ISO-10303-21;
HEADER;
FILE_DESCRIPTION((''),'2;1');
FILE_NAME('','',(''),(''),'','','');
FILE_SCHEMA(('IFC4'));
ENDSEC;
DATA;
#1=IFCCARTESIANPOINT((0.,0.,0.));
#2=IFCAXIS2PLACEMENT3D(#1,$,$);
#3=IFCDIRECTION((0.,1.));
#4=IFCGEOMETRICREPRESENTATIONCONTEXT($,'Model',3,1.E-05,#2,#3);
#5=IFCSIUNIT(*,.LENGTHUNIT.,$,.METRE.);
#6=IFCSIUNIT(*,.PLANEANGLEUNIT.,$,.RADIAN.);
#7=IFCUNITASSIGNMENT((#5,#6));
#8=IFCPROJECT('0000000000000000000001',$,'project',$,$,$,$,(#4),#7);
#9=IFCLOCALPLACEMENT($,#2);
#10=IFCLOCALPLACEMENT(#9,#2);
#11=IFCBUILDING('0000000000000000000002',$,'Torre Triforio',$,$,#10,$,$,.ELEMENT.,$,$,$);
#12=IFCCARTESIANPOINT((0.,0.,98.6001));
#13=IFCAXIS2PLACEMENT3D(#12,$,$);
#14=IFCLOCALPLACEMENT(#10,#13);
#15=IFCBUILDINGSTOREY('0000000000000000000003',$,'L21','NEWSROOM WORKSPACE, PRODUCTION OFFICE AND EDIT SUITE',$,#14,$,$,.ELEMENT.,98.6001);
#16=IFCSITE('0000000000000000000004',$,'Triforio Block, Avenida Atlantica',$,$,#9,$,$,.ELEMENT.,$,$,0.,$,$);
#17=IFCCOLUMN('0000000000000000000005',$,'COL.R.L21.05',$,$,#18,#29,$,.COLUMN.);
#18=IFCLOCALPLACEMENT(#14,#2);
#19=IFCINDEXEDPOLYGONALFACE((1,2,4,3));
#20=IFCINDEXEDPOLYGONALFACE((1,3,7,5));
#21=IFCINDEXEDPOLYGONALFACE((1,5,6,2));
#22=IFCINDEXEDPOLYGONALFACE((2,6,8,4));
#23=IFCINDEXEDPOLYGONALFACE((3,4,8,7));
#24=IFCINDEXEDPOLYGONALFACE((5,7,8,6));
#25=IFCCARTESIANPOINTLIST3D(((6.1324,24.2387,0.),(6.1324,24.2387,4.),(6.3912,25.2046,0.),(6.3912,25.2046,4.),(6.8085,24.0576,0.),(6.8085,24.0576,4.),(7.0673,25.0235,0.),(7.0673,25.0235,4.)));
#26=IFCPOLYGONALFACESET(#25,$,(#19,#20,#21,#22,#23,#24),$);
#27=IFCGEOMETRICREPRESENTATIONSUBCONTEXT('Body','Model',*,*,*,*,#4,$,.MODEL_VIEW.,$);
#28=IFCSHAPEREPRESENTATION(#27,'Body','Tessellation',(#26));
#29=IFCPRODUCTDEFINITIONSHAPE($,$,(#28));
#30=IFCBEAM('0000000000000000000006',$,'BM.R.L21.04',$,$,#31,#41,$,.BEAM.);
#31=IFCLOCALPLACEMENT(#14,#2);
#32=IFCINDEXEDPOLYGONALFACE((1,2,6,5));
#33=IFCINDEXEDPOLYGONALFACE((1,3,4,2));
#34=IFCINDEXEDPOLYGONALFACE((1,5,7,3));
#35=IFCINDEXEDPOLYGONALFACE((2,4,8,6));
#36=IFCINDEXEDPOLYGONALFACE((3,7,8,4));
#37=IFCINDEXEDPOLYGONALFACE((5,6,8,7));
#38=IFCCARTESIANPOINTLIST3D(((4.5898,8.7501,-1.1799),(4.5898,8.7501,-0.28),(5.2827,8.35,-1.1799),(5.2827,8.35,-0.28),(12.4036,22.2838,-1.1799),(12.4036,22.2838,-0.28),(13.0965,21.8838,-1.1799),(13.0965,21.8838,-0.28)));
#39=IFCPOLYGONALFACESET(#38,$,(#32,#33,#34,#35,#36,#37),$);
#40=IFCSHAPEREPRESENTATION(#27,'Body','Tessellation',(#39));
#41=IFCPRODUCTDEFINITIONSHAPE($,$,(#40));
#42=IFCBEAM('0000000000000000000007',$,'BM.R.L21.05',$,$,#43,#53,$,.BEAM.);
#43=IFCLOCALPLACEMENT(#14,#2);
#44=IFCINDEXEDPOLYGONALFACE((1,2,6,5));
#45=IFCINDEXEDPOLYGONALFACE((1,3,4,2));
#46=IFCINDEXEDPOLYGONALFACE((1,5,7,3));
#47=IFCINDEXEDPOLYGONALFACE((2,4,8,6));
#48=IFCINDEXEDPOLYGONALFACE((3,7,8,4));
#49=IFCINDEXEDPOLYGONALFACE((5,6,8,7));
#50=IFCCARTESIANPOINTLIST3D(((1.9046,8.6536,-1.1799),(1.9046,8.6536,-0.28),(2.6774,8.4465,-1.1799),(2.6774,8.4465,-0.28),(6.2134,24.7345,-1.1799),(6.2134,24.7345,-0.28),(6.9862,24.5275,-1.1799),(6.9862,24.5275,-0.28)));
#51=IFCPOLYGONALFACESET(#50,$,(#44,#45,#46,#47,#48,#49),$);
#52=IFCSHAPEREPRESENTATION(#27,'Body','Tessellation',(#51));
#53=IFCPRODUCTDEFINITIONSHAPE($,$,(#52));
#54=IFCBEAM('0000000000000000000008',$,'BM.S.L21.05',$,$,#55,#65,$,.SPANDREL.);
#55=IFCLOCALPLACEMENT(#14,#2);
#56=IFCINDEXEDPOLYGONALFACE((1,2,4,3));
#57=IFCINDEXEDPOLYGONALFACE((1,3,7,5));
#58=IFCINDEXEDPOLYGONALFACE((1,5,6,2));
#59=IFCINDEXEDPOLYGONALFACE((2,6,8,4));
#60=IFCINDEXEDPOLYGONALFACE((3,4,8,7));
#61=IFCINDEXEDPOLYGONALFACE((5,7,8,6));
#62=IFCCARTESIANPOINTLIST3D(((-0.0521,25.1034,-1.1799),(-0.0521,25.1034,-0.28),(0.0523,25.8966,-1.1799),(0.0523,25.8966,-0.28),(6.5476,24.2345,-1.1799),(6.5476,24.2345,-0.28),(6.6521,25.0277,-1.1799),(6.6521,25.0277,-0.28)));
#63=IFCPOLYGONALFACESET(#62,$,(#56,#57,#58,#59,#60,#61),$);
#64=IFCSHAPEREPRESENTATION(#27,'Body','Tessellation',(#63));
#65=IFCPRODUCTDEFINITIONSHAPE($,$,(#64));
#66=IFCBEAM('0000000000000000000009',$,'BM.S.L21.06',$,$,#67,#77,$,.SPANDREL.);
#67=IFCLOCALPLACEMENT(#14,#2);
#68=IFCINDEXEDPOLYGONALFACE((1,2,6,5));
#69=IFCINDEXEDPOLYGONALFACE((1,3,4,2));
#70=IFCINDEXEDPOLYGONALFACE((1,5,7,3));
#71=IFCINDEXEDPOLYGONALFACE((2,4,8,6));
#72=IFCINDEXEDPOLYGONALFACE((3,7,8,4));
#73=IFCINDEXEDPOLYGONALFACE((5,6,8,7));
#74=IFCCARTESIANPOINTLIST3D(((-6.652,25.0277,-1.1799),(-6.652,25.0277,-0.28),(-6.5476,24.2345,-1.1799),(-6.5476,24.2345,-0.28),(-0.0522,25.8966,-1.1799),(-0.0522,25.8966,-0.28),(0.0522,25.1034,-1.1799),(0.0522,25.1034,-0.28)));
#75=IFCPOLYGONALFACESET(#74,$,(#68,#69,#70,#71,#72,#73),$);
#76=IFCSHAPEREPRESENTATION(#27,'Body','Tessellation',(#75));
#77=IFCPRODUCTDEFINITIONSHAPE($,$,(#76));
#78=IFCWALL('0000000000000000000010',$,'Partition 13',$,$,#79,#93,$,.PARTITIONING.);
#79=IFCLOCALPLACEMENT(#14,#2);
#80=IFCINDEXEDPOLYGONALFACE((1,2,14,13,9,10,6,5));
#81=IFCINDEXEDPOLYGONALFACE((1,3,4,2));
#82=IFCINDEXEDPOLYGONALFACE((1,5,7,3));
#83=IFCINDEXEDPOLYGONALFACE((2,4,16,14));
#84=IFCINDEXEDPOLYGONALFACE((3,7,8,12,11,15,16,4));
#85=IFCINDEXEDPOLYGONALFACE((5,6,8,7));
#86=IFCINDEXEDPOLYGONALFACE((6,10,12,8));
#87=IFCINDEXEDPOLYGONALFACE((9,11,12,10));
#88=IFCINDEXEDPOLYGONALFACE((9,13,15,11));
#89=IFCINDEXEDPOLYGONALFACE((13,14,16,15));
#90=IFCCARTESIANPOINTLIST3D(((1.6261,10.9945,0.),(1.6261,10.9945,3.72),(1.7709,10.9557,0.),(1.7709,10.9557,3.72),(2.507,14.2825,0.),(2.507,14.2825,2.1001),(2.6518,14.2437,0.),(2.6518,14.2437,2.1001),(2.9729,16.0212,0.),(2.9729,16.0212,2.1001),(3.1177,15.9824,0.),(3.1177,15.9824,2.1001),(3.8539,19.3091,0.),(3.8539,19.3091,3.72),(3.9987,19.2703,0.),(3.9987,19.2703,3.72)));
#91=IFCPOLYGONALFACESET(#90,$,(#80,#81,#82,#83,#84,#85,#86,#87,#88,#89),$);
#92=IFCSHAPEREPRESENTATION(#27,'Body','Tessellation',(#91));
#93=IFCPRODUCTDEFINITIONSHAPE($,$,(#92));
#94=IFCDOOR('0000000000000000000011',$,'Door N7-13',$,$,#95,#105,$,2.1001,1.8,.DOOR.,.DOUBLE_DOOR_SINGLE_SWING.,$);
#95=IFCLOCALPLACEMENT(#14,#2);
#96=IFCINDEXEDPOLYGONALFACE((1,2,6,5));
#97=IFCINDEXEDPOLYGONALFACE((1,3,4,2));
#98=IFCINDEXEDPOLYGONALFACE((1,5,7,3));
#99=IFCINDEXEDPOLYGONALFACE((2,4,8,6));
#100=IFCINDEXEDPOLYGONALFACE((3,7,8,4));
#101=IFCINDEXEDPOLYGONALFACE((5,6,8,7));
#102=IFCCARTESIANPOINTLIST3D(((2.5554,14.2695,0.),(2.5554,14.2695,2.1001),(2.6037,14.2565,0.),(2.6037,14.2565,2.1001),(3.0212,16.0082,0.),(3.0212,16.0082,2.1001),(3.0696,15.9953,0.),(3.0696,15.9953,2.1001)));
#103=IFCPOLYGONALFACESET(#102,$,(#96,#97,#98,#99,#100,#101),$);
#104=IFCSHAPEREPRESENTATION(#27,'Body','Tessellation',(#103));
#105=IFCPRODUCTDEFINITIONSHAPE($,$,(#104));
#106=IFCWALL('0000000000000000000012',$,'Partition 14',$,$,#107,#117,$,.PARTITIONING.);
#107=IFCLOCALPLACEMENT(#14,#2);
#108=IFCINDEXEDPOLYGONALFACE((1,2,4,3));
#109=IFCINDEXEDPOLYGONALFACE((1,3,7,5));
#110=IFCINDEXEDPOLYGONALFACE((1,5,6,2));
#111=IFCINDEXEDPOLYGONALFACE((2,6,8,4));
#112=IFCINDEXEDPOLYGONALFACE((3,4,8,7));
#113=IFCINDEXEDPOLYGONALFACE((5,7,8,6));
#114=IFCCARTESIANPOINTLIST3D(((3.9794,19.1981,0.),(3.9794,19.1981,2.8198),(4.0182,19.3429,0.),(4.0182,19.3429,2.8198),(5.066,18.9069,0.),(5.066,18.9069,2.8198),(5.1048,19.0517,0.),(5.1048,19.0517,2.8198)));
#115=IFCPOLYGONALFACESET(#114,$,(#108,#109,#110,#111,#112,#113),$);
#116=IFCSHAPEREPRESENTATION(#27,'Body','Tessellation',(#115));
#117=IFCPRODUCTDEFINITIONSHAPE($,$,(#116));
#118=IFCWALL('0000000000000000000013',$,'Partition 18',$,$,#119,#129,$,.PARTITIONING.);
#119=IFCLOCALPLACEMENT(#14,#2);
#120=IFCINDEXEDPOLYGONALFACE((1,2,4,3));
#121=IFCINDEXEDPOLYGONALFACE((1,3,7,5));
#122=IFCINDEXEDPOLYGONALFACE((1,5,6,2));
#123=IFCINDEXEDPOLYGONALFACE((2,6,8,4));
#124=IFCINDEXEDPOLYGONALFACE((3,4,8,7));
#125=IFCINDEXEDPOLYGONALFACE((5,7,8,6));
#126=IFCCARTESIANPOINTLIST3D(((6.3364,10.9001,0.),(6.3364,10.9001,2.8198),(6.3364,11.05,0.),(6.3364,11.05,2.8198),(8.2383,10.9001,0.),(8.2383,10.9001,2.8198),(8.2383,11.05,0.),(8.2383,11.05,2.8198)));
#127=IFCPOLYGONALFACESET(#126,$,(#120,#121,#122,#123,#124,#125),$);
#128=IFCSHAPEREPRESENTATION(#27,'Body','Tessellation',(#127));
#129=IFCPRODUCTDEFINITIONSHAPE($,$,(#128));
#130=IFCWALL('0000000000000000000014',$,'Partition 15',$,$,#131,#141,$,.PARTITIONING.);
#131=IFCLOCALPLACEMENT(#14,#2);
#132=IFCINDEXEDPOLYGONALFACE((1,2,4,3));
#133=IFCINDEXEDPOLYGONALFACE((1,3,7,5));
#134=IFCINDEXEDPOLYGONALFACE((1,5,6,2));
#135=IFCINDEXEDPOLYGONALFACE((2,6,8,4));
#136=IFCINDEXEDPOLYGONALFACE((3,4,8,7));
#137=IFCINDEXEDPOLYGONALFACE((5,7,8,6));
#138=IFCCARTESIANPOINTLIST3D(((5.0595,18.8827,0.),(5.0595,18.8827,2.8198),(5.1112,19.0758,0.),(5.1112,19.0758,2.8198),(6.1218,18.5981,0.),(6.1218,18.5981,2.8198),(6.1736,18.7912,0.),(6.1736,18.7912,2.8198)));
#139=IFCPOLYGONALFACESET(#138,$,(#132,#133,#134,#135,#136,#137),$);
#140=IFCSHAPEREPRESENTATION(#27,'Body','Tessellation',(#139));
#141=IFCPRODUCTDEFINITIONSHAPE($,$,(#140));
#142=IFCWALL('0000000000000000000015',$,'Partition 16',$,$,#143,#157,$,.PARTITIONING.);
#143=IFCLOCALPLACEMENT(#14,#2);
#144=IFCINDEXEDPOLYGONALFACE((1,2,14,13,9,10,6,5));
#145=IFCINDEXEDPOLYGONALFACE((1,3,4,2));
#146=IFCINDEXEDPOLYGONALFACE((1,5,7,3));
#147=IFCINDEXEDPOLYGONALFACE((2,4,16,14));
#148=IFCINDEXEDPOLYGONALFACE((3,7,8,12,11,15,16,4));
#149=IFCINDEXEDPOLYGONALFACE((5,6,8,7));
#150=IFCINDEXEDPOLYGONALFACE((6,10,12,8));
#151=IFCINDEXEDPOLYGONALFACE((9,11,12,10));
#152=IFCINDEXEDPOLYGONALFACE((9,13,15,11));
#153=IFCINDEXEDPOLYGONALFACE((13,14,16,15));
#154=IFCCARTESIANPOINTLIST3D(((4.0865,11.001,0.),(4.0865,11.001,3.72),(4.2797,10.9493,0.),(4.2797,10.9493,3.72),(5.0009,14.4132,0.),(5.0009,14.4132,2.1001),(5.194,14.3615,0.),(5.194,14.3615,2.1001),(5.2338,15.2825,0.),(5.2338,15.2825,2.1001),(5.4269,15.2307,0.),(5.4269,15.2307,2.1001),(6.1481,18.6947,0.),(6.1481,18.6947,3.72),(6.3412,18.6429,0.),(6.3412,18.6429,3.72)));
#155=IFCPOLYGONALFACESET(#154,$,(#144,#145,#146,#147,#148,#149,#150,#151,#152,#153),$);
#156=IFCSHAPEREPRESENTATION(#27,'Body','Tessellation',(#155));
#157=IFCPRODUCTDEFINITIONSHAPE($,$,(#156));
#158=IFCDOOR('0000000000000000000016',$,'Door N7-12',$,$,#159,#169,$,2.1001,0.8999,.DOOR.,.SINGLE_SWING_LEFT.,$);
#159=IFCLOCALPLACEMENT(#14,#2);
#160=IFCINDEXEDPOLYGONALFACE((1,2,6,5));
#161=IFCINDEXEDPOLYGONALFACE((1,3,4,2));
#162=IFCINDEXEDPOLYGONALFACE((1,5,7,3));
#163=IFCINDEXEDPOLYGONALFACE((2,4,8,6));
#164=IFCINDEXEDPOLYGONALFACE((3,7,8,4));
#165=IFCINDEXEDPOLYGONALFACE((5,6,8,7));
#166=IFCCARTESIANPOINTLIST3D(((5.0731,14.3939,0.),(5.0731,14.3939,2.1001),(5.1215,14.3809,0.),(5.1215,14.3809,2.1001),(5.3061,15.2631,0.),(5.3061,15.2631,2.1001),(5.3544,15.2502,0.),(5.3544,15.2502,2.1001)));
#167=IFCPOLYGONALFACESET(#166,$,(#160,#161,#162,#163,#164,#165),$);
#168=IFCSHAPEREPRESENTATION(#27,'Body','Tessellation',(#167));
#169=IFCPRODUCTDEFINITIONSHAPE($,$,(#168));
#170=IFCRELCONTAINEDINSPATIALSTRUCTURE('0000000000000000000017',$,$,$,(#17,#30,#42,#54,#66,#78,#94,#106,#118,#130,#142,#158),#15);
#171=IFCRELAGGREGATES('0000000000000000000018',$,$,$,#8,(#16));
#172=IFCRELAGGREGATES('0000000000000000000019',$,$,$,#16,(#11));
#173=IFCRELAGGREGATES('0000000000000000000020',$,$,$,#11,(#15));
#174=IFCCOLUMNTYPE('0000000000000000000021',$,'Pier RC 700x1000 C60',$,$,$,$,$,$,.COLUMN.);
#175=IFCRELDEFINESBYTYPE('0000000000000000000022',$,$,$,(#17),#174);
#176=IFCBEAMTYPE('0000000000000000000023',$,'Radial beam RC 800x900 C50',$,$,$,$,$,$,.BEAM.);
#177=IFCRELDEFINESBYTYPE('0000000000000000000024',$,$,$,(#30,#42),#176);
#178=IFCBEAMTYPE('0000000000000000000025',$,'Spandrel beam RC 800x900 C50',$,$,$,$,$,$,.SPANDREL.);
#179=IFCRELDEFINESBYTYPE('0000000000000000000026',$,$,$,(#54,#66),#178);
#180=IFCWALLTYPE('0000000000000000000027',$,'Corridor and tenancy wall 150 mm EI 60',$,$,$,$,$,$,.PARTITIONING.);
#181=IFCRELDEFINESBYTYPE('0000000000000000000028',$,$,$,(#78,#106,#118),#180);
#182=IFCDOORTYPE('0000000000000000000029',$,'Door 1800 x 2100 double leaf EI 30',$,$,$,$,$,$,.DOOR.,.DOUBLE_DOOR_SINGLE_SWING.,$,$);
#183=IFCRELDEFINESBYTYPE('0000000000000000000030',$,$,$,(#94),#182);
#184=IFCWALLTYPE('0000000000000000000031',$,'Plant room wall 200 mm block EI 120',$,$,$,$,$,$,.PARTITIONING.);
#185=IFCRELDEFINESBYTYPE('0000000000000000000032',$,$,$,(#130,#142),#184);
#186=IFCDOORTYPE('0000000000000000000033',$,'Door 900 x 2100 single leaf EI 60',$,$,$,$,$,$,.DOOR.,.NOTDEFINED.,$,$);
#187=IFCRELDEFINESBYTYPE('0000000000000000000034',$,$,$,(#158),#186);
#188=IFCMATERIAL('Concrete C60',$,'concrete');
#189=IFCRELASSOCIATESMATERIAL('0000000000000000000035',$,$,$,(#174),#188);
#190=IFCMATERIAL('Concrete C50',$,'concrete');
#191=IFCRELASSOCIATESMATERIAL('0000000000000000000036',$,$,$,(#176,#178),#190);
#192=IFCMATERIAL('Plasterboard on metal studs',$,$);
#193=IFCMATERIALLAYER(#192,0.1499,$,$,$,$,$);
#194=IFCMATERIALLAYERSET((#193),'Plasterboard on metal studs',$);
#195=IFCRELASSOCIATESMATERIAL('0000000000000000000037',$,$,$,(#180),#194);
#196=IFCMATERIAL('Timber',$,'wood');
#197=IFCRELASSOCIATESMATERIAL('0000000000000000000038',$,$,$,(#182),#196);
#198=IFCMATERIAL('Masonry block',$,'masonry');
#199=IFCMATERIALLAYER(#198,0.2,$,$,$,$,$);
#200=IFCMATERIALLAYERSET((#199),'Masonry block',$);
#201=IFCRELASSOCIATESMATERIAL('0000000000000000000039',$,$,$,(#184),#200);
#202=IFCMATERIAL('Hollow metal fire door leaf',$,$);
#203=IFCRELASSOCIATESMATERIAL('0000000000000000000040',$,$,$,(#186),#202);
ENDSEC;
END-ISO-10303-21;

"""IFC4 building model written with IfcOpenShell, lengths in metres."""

from ifc_helpers import new_model, si_unit, direction, frame, frame_2d, origin, origin_2d, place, context, subcontext, project, spatial, rectangle, extrude, material, layer, layer_set, material_profile, profile_set, type_object, element, fill, save


model = new_model("IFC4")

# Units and contexts
model_context = context("Model", 3, precision=1e-05, world=origin(), true_north=direction((0.0, 1.0)))
body_context = subcontext(model_context, "Body", "Model", "MODEL_VIEW")
ifc_project = project(units=[si_unit("LENGTHUNIT", "METRE"), si_unit("PLANEANGLEUNIT", "RADIAN")], contexts=[model_context])

# Site, building, storey
site_placement = place(None, origin())
site = spatial("IfcSite", under=ifc_project, at=site_placement, Name="Triforio Block, Avenida Atlantica", CompositionType="ELEMENT", RefElevation=0.0)
building_placement = place(site_placement, origin())
building = spatial("IfcBuilding", under=site, at=building_placement, Name="Torre Triforio", CompositionType="ELEMENT")
storey_placement = place(building_placement, frame((0.0, 0.0, 98.6001)))
storey = spatial("IfcBuildingStorey", under=building, at=storey_placement, Name="L21", Description="NEWSROOM WORKSPACE, PRODUCTION OFFICE AND EDIT SUITE", CompositionType="ELEMENT", Elevation=98.6001)

# Column
ifc_material_1 = material(Name="Concrete C60", Category="concrete")
ifc_material_profile_1 = material_profile(ifc_material_1, rectangle(XDim=0.7, YDim=1.0, at=origin_2d()), Name="RC 700x1000")
ifc_profile_set_1 = profile_set([ifc_material_profile_1], Name="Concrete C60")
column_type = type_object("IfcColumnType", Name="Pier RC 700x1000 C60", PredefinedType="COLUMN", material=ifc_profile_set_1)
column_placement = place(storey_placement, frame((6.5999, 24.6311, 0.0), z_axis=(0.0, 0.0, 1.0), x_axis=(-0.965926, 0.258819, 0.0)))
element("IfcColumn", 1, at=column_placement, inside=storey, type_object=column_type, Name="COL.R.L21.05", PredefinedType="COLUMN", context=body_context, shape_type="SweptSolid", body=[
    extrude(rectangle(XDim=0.7, YDim=1.0, at=origin_2d()), origin(), (0.0, 0.0, 1.0), 4.0),
])

# Beams
ifc_material_2 = material(Name="Concrete C50", Category="concrete")
ifc_material_profile_2 = material_profile(ifc_material_2, rectangle(XDim=0.8, YDim=0.8999, at=origin_2d()), Name="RC 800x900")
ifc_profile_set_2 = profile_set([ifc_material_profile_2], Name="Concrete C50")
beam_type_1 = type_object("IfcBeamType", Name="Radial beam RC 800x900 C50", PredefinedType="BEAM", material=ifc_profile_set_2)
beam_1_placement = place(storey_placement, frame((4.9363, 8.55, -0.73), z_axis=(0.500002, 0.866024, 0.0), x_axis=(-0.866024, 0.500002, 0.0)))
element("IfcBeam", 2, at=beam_1_placement, inside=storey, type_object=beam_type_1, Name="BM.R.L21.04", PredefinedType="BEAM", context=body_context, shape_type="SweptSolid", body=[
    extrude(rectangle(XDim=0.8, YDim=0.8999, at=origin_2d()), origin(), (0.0, 0.0, 1.0), 15.6274),
])
beam_2_placement = place(storey_placement, frame((2.291, 8.55, -0.73), z_axis=(0.258815, 0.965927, 0.0), x_axis=(-0.965927, 0.258815, 0.0)))
element("IfcBeam", 3, at=beam_2_placement, inside=storey, type_object=beam_type_1, Name="BM.R.L21.05", PredefinedType="BEAM", context=body_context, shape_type="SweptSolid", body=[
    extrude(rectangle(XDim=0.8, YDim=0.8999, at=origin_2d()), origin(), (0.0, 0.0, 1.0), 16.6482),
])
ifc_material_profile_3 = material_profile(ifc_material_2, rectangle(XDim=0.8, YDim=0.8999, at=origin_2d()), Name="RC 800x900")
ifc_profile_set_3 = profile_set([ifc_material_profile_3], Name="Concrete C50")
beam_type_2 = type_object("IfcBeamType", Name="Spandrel beam RC 800x900 C50", PredefinedType="SPANDREL", material=ifc_profile_set_3)
for number, where, z_axis, x_axis, name in (
    (4, (6.5999, 24.6311, -0.73), (-0.991445, 0.130528, 0.0), (-0.130528, -0.991445, 0.0), "BM.S.L21.05"),
    (5, (0.0, 25.5, -0.73), (-0.991445, -0.130528, 0.0), (0.130528, -0.991445, 0.0), "BM.S.L21.06"),
):
    element("IfcBeam", number, at=place(storey_placement, frame(where, z_axis=z_axis, x_axis=x_axis)), inside=storey, type_object=beam_type_2, Name=name, PredefinedType="SPANDREL", context=body_context, shape_type="SweptSolid", body=[
        extrude(rectangle(XDim=0.8, YDim=0.8999, at=origin_2d()), origin(), (0.0, 0.0, 1.0), 6.6567),
    ])

# Wall, opening, door
ifc_material_3 = material(Name="Plasterboard on metal studs")
ifc_layer_1 = layer(ifc_material_3, 0.1499)
ifc_layer_set_1 = layer_set([ifc_layer_1], Name="Plasterboard on metal studs")
wall_type_1 = type_object("IfcWallType", Name="Corridor and tenancy wall 150 mm EI 60", PredefinedType="PARTITIONING", material=ifc_layer_set_1)
wall_1_placement = place(storey_placement, frame((1.6985, 10.9751, 0.0), z_axis=(0.0, 0.0, 1.0), x_axis=(0.258805, 0.96593, 0.0)))
wall_1 = element("IfcWall", 6, at=wall_1_placement, inside=storey, type_object=wall_type_1, Name="Partition 13", PredefinedType="PARTITIONING", context=body_context, shape_type="SweptSolid", body=[
    extrude(rectangle(XDim=8.6079, YDim=0.1499, at=frame_2d((4.304, 0.0))), origin(), (0.0, 0.0, 1.0), 3.72),
])
opening_1_placement = place(wall_1_placement, frame((3.4041, 0.0, 0.0)))
opening_1 = element("IfcOpeningElement", 7, at=opening_1_placement, cuts=wall_1, PredefinedType="OPENING", context=body_context, shape_type="SweptSolid", body=[
    extrude(rectangle(XDim=1.8, YDim=2.1001, at=frame_2d((0.8999, 1.05))), frame((0.0, 0.085, 0.0), z_axis=(0.0, -1.0, 0.0), x_axis=(1.0, 0.0, 0.0)), (0.0, 0.0, 1.0), 0.1699),
])
ifc_material_4 = material(Name="Timber", Category="wood")
door_type_1 = type_object("IfcDoorType", Name="Door 1800 x 2100 double leaf EI 30", OperationType="DOUBLE_DOOR_SINGLE_SWING", PredefinedType="DOOR", material=ifc_material_4)
door_1_placement = place(opening_1_placement, origin())
door_1 = element("IfcDoor", 8, at=door_1_placement, inside=storey, type_object=door_type_1, Name="Door N7-13", OperationType="DOUBLE_DOOR_SINGLE_SWING", OverallHeight=2.1001, OverallWidth=1.8, PredefinedType="DOOR", context=body_context, shape_type="SweptSolid", body=[
    extrude(rectangle(XDim=1.8, YDim=2.1001, at=frame_2d((0.8999, 1.05))), frame((0.0, 0.0249, 0.0), z_axis=(0.0, -1.0, 0.0), x_axis=(1.0, 0.0, 0.0)), (0.0, 0.0, 1.0), 0.05),
])
fill(opening_1, door_1)

# Walls
wall_2_placement = place(storey_placement, frame((3.9988, 19.2705, 0.0), z_axis=(0.0, 0.0, 1.0), x_axis=(0.965906, -0.258892, 0.0)))
element("IfcWall", 9, at=wall_2_placement, inside=storey, type_object=wall_type_1, Name="Partition 14", PredefinedType="PARTITIONING", context=body_context, shape_type="SweptSolid", body=[
    extrude(rectangle(XDim=1.125, YDim=0.1499, at=frame_2d((0.5625, 0.0))), origin(), (0.0, 0.0, 1.0), 2.8198),
])
wall_3_placement = place(storey_placement, frame((6.3364, 10.9751, 0.0), z_axis=(0.0, 0.0, 1.0), x_axis=(1.0, 0.0, 0.0)))
element("IfcWall", 10, at=wall_3_placement, inside=storey, type_object=wall_type_1, Name="Partition 18", PredefinedType="PARTITIONING", context=body_context, shape_type="SweptSolid", body=[
    extrude(rectangle(XDim=1.9019, YDim=0.1499, at=frame_2d((0.9509, 0.0))), origin(), (0.0, 0.0, 1.0), 2.8198),
])
ifc_material_5 = material(Name="Masonry block", Category="masonry")
ifc_layer_2 = layer(ifc_material_5, 0.2)
ifc_layer_set_2 = layer_set([ifc_layer_2], Name="Masonry block")
wall_type_2 = type_object("IfcWallType", Name="Plant room wall 200 mm block EI 120", PredefinedType="PARTITIONING", material=ifc_layer_set_2)
wall_4_placement = place(storey_placement, frame((5.0854, 18.9792, 0.0), z_axis=(0.0, 0.0, 1.0), x_axis=(0.965932, -0.258795, 0.0)))
element("IfcWall", 11, at=wall_4_placement, inside=storey, type_object=wall_type_2, Name="Partition 15", PredefinedType="PARTITIONING", context=body_context, shape_type="SweptSolid", body=[
    extrude(rectangle(XDim=1.0999, YDim=0.2, at=frame_2d((0.5498, 0.0))), origin(), (0.0, 0.0, 1.0), 2.8198),
])

# Wall, opening, door
wall_5_placement = place(storey_placement, frame((6.2446, 18.6687, 0.0), z_axis=(0.0, 0.0, 1.0), x_axis=(-0.258822, -0.965925, 0.0)))
wall_5 = element("IfcWall", 12, at=wall_5_placement, inside=storey, type_object=wall_type_2, Name="Partition 16", PredefinedType="PARTITIONING", context=body_context, shape_type="SweptSolid", body=[
    extrude(rectangle(XDim=7.9651, YDim=0.2, at=frame_2d((3.9824, 0.0))), origin(), (0.0, 0.0, 1.0), 3.72),
])
opening_2_placement = place(wall_5_placement, frame((3.5325, 0.0, 0.0)))
opening_2 = element("IfcOpeningElement", 13, at=opening_2_placement, cuts=wall_5, PredefinedType="OPENING", context=body_context, shape_type="SweptSolid", body=[
    extrude(rectangle(XDim=0.8999, YDim=2.1001, at=frame_2d((0.45, 1.05))), frame((0.0, 0.1099, 0.0), z_axis=(0.0, -1.0, 0.0), x_axis=(1.0, 0.0, 0.0)), (0.0, 0.0, 1.0), 0.22),
])
ifc_material_6 = material(Name="Hollow metal fire door leaf")
door_type_2 = type_object("IfcDoorType", Name="Door 900 x 2100 single leaf EI 60", OperationType="NOTDEFINED", PredefinedType="DOOR", material=ifc_material_6)
door_2_placement = place(opening_2_placement, origin())
door_2 = element("IfcDoor", 14, at=door_2_placement, inside=storey, type_object=door_type_2, Name="Door N7-12", OperationType="SINGLE_SWING_LEFT", OverallHeight=2.1001, OverallWidth=0.8999, PredefinedType="DOOR", context=body_context, shape_type="SweptSolid", body=[
    extrude(rectangle(XDim=0.8999, YDim=2.1001, at=frame_2d((0.45, 1.05))), frame((0.0, 0.0249, 0.0), z_axis=(0.0, -1.0, 0.0), x_axis=(1.0, 0.0, 0.0)), (0.0, 0.0, 1.0), 0.05),
])
fill(opening_2, door_2)

save(model, "model.ifc")
